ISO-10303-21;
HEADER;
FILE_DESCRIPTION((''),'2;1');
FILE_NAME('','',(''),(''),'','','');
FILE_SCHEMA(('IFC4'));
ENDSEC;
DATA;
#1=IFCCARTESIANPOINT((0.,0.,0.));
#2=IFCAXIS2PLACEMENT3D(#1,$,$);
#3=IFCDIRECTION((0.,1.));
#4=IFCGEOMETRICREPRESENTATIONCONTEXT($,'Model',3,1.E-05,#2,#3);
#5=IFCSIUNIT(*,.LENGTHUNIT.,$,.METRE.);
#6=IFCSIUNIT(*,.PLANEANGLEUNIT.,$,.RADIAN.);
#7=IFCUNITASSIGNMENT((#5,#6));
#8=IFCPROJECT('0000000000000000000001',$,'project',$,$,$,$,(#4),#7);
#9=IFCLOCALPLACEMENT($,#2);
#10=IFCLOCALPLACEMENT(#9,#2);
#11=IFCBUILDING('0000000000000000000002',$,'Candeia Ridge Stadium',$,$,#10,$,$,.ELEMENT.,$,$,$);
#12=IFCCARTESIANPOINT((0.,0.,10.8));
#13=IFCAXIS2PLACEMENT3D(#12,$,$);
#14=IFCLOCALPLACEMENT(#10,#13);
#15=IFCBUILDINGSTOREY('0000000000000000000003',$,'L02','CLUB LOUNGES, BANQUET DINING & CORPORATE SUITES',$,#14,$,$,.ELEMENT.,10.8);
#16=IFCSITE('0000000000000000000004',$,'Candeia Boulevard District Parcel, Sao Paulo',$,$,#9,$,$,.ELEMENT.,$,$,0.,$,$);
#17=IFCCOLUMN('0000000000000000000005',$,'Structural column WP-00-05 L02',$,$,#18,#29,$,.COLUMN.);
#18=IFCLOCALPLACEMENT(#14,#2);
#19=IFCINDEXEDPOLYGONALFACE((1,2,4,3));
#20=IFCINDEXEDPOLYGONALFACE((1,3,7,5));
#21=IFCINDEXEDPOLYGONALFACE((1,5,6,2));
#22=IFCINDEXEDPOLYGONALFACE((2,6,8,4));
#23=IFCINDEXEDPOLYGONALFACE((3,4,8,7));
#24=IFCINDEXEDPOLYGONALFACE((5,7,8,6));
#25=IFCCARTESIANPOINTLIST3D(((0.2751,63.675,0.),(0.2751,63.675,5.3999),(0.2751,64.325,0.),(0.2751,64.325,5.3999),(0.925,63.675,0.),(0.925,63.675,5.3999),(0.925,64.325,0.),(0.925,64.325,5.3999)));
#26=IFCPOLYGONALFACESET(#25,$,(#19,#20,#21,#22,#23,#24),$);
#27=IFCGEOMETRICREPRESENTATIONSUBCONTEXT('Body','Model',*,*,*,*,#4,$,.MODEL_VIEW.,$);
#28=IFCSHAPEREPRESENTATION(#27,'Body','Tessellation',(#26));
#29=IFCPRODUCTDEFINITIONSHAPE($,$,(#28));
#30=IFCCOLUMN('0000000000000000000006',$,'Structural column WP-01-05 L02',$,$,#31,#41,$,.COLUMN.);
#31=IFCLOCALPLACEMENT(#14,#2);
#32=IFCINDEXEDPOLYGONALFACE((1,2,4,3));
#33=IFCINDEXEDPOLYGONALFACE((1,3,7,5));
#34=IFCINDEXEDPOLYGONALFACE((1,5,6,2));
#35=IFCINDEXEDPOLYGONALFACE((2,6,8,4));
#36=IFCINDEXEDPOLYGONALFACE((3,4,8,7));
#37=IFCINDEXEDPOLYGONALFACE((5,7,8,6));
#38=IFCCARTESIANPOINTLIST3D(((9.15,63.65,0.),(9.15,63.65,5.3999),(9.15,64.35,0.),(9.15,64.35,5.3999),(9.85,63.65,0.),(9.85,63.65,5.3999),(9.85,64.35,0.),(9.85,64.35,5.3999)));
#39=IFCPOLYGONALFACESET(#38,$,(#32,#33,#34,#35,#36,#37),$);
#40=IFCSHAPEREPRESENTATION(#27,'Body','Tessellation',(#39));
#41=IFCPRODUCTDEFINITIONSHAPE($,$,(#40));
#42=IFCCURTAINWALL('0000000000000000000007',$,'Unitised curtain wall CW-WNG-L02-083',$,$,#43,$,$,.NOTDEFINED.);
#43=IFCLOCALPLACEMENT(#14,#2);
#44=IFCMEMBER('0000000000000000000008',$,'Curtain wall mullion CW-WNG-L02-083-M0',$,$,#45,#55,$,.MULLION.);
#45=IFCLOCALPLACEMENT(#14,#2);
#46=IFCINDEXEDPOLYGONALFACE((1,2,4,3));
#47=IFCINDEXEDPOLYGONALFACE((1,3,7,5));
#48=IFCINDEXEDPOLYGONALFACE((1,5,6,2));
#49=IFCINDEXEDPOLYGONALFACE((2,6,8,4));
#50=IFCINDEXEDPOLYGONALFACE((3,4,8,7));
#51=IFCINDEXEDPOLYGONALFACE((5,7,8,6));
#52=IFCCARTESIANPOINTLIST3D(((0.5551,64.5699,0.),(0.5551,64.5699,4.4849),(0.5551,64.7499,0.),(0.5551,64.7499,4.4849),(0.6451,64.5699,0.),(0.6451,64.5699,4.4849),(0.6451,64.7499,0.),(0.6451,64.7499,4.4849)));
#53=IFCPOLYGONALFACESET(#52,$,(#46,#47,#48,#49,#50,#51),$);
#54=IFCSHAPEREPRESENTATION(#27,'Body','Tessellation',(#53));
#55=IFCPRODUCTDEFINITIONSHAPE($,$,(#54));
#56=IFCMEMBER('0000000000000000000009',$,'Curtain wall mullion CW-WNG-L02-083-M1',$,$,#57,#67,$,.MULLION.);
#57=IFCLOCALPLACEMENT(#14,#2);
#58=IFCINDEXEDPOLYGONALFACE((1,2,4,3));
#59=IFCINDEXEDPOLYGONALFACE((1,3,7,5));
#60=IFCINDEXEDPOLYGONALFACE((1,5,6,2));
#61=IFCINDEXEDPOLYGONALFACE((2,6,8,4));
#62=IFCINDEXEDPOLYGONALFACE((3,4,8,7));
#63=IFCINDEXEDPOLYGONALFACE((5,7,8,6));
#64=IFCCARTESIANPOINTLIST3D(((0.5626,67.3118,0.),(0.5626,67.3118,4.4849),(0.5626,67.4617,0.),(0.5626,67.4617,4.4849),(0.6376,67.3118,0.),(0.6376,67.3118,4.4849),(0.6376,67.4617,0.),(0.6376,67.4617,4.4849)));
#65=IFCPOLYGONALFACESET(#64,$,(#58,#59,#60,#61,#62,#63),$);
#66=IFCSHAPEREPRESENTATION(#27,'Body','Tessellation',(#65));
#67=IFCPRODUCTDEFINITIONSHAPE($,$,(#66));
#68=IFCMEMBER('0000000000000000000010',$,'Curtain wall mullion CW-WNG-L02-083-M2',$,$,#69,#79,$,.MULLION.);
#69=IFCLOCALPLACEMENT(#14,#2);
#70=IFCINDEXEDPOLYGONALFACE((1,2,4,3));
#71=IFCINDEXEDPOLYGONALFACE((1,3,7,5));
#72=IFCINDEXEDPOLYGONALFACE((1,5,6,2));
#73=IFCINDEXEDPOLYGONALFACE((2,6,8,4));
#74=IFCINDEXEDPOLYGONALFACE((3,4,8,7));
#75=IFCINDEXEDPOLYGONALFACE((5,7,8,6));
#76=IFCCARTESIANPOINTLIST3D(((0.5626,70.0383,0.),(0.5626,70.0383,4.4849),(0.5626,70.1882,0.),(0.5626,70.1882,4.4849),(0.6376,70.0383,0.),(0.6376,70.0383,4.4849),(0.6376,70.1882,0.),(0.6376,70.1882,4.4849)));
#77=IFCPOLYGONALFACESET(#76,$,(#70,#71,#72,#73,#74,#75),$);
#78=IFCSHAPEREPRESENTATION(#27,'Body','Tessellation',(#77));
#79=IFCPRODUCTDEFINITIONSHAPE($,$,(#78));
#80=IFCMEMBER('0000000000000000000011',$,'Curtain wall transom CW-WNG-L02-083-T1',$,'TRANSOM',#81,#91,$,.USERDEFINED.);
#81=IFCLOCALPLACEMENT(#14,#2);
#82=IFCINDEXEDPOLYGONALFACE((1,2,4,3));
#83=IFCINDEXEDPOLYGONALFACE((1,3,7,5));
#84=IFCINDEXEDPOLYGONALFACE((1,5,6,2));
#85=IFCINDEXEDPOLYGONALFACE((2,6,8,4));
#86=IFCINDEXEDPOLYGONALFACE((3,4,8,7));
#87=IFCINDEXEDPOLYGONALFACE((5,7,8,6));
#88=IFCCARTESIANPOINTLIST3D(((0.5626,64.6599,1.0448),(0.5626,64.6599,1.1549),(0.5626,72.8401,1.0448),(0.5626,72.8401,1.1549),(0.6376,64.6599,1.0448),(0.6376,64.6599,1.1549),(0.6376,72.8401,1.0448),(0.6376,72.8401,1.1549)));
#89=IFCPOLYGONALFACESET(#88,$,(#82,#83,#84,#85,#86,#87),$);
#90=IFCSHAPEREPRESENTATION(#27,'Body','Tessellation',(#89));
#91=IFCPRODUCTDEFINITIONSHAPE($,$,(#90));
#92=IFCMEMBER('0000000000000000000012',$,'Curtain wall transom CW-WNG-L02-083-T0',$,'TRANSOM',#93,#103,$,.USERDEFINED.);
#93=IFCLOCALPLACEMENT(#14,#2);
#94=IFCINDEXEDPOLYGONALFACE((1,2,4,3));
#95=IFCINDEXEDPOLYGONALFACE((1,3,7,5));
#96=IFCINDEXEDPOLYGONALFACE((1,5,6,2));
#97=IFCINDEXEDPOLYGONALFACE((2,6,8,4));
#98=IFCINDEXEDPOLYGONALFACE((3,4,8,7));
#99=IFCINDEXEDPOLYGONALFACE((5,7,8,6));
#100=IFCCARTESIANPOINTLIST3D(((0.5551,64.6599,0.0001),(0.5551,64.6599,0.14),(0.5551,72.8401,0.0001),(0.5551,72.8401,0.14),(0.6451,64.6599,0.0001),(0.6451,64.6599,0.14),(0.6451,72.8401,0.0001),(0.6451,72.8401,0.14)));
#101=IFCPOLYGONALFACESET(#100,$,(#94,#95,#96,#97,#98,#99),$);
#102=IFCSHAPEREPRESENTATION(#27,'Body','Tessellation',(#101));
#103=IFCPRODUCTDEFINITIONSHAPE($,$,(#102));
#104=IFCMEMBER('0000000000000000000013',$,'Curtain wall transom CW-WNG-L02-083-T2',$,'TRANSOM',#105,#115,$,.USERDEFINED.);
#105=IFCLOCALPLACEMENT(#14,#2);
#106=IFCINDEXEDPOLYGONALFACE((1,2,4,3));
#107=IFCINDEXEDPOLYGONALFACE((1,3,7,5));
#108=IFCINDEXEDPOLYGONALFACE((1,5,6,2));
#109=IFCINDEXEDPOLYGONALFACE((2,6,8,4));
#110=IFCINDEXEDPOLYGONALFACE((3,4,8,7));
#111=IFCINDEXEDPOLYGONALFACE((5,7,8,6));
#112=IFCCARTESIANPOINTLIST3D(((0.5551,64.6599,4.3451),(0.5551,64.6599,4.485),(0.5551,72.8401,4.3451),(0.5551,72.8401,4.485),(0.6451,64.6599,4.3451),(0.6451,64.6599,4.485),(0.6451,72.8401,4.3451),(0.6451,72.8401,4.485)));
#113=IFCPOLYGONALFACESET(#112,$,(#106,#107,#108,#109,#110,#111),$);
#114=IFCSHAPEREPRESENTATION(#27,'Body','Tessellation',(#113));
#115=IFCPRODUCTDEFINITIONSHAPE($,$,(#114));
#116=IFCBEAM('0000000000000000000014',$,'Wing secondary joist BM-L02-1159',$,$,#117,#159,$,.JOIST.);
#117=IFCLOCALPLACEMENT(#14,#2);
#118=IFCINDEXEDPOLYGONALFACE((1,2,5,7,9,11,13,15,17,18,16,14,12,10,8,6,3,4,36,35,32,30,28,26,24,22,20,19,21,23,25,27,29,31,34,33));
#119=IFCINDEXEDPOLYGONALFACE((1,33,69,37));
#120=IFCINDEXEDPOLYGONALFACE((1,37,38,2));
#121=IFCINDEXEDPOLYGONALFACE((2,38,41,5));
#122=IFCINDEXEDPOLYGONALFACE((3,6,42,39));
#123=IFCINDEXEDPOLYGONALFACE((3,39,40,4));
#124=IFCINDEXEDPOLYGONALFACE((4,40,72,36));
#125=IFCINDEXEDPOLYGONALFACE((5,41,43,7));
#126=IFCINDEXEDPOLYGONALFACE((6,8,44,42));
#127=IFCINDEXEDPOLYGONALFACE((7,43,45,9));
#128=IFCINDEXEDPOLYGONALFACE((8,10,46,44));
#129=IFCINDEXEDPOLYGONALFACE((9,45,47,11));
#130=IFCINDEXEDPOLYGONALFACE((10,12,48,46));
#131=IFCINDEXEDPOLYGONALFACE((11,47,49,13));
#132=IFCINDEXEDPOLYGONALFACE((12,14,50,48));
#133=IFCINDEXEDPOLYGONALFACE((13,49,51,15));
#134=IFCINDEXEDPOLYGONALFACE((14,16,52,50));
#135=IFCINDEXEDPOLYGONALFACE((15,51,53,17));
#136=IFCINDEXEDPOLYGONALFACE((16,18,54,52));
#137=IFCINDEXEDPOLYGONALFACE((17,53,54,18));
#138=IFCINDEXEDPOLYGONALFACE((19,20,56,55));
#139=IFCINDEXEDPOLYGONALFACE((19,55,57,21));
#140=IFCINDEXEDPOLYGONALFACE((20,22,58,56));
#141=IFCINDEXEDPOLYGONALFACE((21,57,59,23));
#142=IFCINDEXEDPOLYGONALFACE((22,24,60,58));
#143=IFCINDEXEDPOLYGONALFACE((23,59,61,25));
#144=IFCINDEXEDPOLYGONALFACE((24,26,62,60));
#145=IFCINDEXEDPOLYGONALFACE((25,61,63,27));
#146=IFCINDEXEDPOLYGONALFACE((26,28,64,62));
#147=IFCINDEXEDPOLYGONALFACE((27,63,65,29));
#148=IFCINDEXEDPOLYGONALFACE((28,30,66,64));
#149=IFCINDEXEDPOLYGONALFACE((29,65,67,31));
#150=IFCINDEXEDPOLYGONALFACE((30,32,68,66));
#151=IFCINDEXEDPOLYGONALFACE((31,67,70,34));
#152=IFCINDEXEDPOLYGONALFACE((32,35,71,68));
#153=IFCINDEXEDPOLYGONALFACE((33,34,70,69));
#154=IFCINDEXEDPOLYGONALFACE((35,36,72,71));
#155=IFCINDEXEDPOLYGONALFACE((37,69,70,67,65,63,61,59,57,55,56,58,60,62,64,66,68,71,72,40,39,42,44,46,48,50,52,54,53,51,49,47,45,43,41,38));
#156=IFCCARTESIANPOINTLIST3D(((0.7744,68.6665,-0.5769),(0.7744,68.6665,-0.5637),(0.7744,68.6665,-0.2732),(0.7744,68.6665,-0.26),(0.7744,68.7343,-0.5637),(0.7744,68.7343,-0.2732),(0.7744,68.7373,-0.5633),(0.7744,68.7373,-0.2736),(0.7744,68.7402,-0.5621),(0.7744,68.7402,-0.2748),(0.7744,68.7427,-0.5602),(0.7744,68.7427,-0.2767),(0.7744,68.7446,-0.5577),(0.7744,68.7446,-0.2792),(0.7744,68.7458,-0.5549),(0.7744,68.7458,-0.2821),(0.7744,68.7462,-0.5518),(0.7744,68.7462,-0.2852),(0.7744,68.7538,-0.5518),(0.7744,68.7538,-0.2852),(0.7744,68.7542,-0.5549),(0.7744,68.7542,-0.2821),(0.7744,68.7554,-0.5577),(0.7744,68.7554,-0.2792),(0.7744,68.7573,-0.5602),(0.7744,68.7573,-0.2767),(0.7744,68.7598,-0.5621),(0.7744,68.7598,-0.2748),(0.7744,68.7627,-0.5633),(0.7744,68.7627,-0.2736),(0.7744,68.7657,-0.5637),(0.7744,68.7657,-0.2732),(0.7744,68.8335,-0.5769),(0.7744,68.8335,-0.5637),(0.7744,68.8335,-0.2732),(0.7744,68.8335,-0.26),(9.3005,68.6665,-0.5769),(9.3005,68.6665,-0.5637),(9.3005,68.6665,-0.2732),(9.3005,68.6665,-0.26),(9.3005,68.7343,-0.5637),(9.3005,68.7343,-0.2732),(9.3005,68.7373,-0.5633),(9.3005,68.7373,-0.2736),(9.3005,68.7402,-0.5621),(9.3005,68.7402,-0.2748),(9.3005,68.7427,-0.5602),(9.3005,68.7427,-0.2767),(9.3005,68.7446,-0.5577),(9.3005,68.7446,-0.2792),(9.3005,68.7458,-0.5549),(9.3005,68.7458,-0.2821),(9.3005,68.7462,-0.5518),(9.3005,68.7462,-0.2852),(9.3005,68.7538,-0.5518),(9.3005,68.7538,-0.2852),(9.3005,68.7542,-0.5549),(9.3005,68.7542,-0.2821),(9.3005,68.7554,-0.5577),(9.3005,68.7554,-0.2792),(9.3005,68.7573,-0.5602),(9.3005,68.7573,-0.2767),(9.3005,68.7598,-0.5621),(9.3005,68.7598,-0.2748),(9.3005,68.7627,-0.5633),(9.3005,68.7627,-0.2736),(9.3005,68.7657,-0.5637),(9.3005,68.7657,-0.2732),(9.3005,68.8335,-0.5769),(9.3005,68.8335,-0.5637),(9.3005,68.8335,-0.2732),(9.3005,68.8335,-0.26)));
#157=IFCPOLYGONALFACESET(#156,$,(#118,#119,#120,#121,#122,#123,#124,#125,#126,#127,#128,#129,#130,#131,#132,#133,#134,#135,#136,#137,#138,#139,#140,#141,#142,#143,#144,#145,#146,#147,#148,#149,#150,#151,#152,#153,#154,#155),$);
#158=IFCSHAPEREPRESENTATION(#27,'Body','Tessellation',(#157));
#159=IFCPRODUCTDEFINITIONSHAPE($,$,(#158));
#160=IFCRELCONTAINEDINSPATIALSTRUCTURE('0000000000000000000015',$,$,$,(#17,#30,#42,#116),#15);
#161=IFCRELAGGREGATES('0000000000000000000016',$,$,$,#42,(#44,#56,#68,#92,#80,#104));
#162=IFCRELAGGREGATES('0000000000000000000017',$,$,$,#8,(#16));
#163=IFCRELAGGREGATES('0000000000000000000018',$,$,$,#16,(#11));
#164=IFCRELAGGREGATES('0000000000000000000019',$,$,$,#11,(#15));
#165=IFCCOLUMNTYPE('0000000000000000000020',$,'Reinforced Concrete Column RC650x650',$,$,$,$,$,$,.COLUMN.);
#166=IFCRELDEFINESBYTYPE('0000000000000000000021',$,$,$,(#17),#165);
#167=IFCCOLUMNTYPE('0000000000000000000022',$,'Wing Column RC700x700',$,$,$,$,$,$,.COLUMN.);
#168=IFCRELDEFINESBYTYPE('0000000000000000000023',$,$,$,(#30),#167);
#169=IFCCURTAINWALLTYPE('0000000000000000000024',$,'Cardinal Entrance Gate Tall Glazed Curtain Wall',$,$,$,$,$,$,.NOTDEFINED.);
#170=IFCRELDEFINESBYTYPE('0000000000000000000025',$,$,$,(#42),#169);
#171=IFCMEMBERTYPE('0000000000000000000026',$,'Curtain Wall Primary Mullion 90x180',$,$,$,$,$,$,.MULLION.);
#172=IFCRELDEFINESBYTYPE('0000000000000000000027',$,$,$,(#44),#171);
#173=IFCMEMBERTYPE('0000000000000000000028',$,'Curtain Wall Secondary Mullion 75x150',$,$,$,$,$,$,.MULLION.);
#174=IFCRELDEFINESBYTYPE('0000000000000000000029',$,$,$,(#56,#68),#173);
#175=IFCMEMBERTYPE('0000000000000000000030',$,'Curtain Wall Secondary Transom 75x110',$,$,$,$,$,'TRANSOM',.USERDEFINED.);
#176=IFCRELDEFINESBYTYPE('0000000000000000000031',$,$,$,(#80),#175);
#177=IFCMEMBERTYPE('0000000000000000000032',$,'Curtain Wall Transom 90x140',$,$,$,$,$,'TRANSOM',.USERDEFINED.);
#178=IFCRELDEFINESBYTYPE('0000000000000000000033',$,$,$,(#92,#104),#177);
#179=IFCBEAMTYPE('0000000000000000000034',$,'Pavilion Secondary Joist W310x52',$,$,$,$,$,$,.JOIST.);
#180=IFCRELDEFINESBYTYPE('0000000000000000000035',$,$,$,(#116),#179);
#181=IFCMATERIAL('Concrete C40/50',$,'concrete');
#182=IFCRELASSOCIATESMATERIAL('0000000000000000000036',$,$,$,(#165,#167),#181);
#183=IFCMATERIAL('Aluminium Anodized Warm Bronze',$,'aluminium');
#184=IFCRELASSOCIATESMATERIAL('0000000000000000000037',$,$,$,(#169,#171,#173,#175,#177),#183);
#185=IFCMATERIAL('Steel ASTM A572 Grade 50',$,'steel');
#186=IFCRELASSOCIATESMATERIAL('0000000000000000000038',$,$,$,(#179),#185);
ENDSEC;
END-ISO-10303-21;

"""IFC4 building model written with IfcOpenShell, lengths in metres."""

from ifc_helpers import new_model, si_unit, direction, frame, origin, origin_2d, place, context, subcontext, project, spatial, rectangle, i_section, extrude, material, material_profile, profile_set, type_object, element, aggregate, save


model = new_model("IFC4")

# Units and contexts
model_context = context("Model", 3, precision=1e-05, world=origin(), true_north=direction((0.0, 1.0)))
body_context = subcontext(model_context, "Body", "Model", "MODEL_VIEW")
ifc_project = project(units=[si_unit("LENGTHUNIT", "METRE"), si_unit("PLANEANGLEUNIT", "RADIAN")], contexts=[model_context])

# Site, building, storey
site_placement = place(None, origin())
site = spatial("IfcSite", under=ifc_project, at=site_placement, Name="Candeia Boulevard District Parcel, Sao Paulo", CompositionType="ELEMENT", RefElevation=0.0)
building_placement = place(site_placement, origin())
building = spatial("IfcBuilding", under=site, at=building_placement, Name="Candeia Ridge Stadium", CompositionType="ELEMENT")
storey_placement = place(building_placement, frame((0.0, 0.0, 10.8)))
storey = spatial("IfcBuildingStorey", under=building, at=storey_placement, Name="L02", Description="CLUB LOUNGES, BANQUET DINING & CORPORATE SUITES", CompositionType="ELEMENT", Elevation=10.8)

# Columns
ifc_material_1 = material(Name="Concrete C40/50", Category="concrete")
ifc_material_profile_1 = material_profile(ifc_material_1, rectangle(XDim=0.6499, YDim=0.6499, at=origin_2d()), Name="RC650x650", Category="concrete")
ifc_profile_set_1 = profile_set([ifc_material_profile_1], Name="Concrete C40/50")
column_type_1 = type_object("IfcColumnType", Name="Reinforced Concrete Column RC650x650", PredefinedType="COLUMN", material=ifc_profile_set_1)
column_1_placement = place(storey_placement, frame((0.6001, 64.0, 0.0), z_axis=(0.0, 0.0, 1.0), x_axis=(1.0, 0.0, 0.0)))
element("IfcColumn", 1, at=column_1_placement, inside=storey, type_object=column_type_1, Name="Structural column WP-00-05 L02", PredefinedType="COLUMN", context=body_context, shape_type="SweptSolid", body=[
    extrude(rectangle(XDim=0.6499, YDim=0.6499, at=origin_2d()), origin(), (0.0, 0.0, 1.0), 5.3999),
])
ifc_material_profile_2 = material_profile(ifc_material_1, rectangle(XDim=0.7, YDim=0.7, at=origin_2d()), Name="RC700x700", Category="concrete")
ifc_profile_set_2 = profile_set([ifc_material_profile_2], Name="Concrete C40/50")
column_type_2 = type_object("IfcColumnType", Name="Wing Column RC700x700", PredefinedType="COLUMN", material=ifc_profile_set_2)
column_2_placement = place(storey_placement, frame((9.5, 64.0, 0.0), z_axis=(0.0, 0.0, 1.0), x_axis=(1.0, 0.0, 0.0)))
element("IfcColumn", 2, at=column_2_placement, inside=storey, type_object=column_type_2, Name="Structural column WP-01-05 L02", PredefinedType="COLUMN", context=body_context, shape_type="SweptSolid", body=[
    extrude(rectangle(XDim=0.7, YDim=0.7, at=origin_2d()), origin(), (0.0, 0.0, 1.0), 5.3999),
])

# Curtain wall, members
ifc_material_2 = material(Name="Aluminium Anodized Warm Bronze", Category="aluminium")
curtain_wall_type = type_object("IfcCurtainWallType", Name="Cardinal Entrance Gate Tall Glazed Curtain Wall", PredefinedType="NOTDEFINED", material=ifc_material_2)
curtain_wall_placement = place(storey_placement, origin())
curtain_wall = element("IfcCurtainWall", 3, at=curtain_wall_placement, inside=storey, type_object=curtain_wall_type, Name="Unitised curtain wall CW-WNG-L02-083", PredefinedType="NOTDEFINED")
ifc_material_profile_3 = material_profile(ifc_material_2, rectangle(XDim=0.0901, YDim=0.1799, at=origin_2d()), Name="CWM-90x180", Category="aluminium")
ifc_profile_set_3 = profile_set([ifc_material_profile_3], Name="Aluminium Anodized Warm Bronze")
member_type_1 = type_object("IfcMemberType", Name="Curtain Wall Primary Mullion 90x180", PredefinedType="MULLION", material=ifc_profile_set_3)
member_1_placement = place(storey_placement, frame((0.6001, 64.6599, 0.0), z_axis=(0.0, 0.0, 1.0), x_axis=(1.0, 0.0, 0.0)))
member_1 = element("IfcMember", 4, at=member_1_placement, type_object=member_type_1, Name="Curtain wall mullion CW-WNG-L02-083-M0", PredefinedType="MULLION", context=body_context, shape_type="SweptSolid", body=[
    extrude(rectangle(XDim=0.0901, YDim=0.1799, at=origin_2d()), origin(), (0.0, 0.0, 1.0), 4.4849),
])
ifc_material_profile_4 = material_profile(ifc_material_2, rectangle(XDim=0.075, YDim=0.1499, at=origin_2d()), Name="CWM-75x150", Category="aluminium")
ifc_profile_set_4 = profile_set([ifc_material_profile_4], Name="Aluminium Anodized Warm Bronze")
member_type_2 = type_object("IfcMemberType", Name="Curtain Wall Secondary Mullion 75x150", PredefinedType="MULLION", material=ifc_profile_set_4)
member_2_placement = place(storey_placement, frame((0.6001, 67.3867, 0.0), z_axis=(0.0, 0.0, 1.0), x_axis=(1.0, 0.0, 0.0)))
member_2 = element("IfcMember", 5, at=member_2_placement, type_object=member_type_2, Name="Curtain wall mullion CW-WNG-L02-083-M1", PredefinedType="MULLION", context=body_context, shape_type="SweptSolid", body=[
    extrude(rectangle(XDim=0.075, YDim=0.1499, at=origin_2d()), origin(), (0.0, 0.0, 1.0), 4.4849),
])
member_3_placement = place(storey_placement, frame((0.6001, 70.1133, 0.0), z_axis=(0.0, 0.0, 1.0), x_axis=(1.0, 0.0, 0.0)))
member_3 = element("IfcMember", 6, at=member_3_placement, type_object=member_type_2, Name="Curtain wall mullion CW-WNG-L02-083-M2", PredefinedType="MULLION", context=body_context, shape_type="SweptSolid", body=[
    extrude(rectangle(XDim=0.075, YDim=0.1499, at=origin_2d()), origin(), (0.0, 0.0, 1.0), 4.4849),
])
ifc_material_profile_5 = material_profile(ifc_material_2, rectangle(XDim=0.075, YDim=0.1101, at=origin_2d()), Name="CWT-75x110", Category="aluminium")
ifc_profile_set_5 = profile_set([ifc_material_profile_5], Name="Aluminium Anodized Warm Bronze")
member_type_3 = type_object("IfcMemberType", Name="Curtain Wall Secondary Transom 75x110", ElementType="TRANSOM", PredefinedType="USERDEFINED", material=ifc_profile_set_5)
member_4_placement = place(storey_placement, frame((0.6001, 64.6599, 1.0999), z_axis=(0.0, 1.0, 0.0), x_axis=(-1.0, 0.0, 0.0)))
member_4 = element("IfcMember", 7, at=member_4_placement, type_object=member_type_3, Name="Curtain wall transom CW-WNG-L02-083-T1", ObjectType="TRANSOM", PredefinedType="USERDEFINED", context=body_context, shape_type="SweptSolid", body=[
    extrude(rectangle(XDim=0.075, YDim=0.1101, at=origin_2d()), origin(), (0.0, 0.0, 1.0), 8.1802),
])
ifc_material_profile_6 = material_profile(ifc_material_2, rectangle(XDim=0.0901, YDim=0.1399, at=origin_2d()), Name="CWT-90x140", Category="aluminium")
ifc_profile_set_6 = profile_set([ifc_material_profile_6], Name="Aluminium Anodized Warm Bronze")
member_type_4 = type_object("IfcMemberType", Name="Curtain Wall Transom 90x140", ElementType="TRANSOM", PredefinedType="USERDEFINED", material=ifc_profile_set_6)
member_5_placement = place(storey_placement, frame((0.6001, 64.6599, 0.0701), z_axis=(0.0, 1.0, 0.0), x_axis=(-1.0, 0.0, 0.0)))
member_5 = element("IfcMember", 8, at=member_5_placement, type_object=member_type_4, Name="Curtain wall transom CW-WNG-L02-083-T0", ObjectType="TRANSOM", PredefinedType="USERDEFINED", context=body_context, shape_type="SweptSolid", body=[
    extrude(rectangle(XDim=0.0901, YDim=0.1399, at=origin_2d()), origin(), (0.0, 0.0, 1.0), 8.1802),
])
member_6_placement = place(storey_placement, frame((0.6001, 64.6599, 4.415), z_axis=(0.0, 1.0, 0.0), x_axis=(-1.0, 0.0, 0.0)))
member_6 = element("IfcMember", 9, at=member_6_placement, type_object=member_type_4, Name="Curtain wall transom CW-WNG-L02-083-T2", ObjectType="TRANSOM", PredefinedType="USERDEFINED", context=body_context, shape_type="SweptSolid", body=[
    extrude(rectangle(XDim=0.0901, YDim=0.1399, at=origin_2d()), origin(), (0.0, 0.0, 1.0), 8.1802),
])

# Beam
ifc_material_3 = material(Name="Steel ASTM A572 Grade 50", Category="steel")
ifc_material_profile_7 = material_profile(ifc_material_3, i_section(OverallWidth=0.167, OverallDepth=0.3169, WebThickness=0.0076, FlangeThickness=0.0132, FilletRadius=0.012, at=origin_2d()), Name="W310x52", Category="steel")
ifc_profile_set_7 = profile_set([ifc_material_profile_7], Name="Steel ASTM A572 Grade 50")
beam_type_1 = type_object("IfcBeamType", Name="Pavilion Secondary Joist W310x52", PredefinedType="JOIST", material=ifc_profile_set_7)
for number, where, z_axis, x_axis, name in (
    (10, (0.7744, 68.75, -0.4185), (1.0, 0.0, 0.0), (0.0, 1.0, 0.0), "Wing secondary joist BM-L02-1159"),
):
    element("IfcBeam", number, at=place(storey_placement, frame(where, z_axis=z_axis, x_axis=x_axis)), inside=storey, type_object=beam_type_1, Name=name, PredefinedType="JOIST", context=body_context, shape_type="SweptSolid", body=[
        extrude(i_section(OverallWidth=0.167, OverallDepth=0.3169, WebThickness=0.0076, FlangeThickness=0.0132, FilletRadius=0.012, at=origin_2d()), origin(), (0.0, 0.0, 1.0), 8.5261),
    ])

aggregate(curtain_wall, [member_1, member_2, member_3, member_5, member_4, member_6])

save(model, "model.ifc")
